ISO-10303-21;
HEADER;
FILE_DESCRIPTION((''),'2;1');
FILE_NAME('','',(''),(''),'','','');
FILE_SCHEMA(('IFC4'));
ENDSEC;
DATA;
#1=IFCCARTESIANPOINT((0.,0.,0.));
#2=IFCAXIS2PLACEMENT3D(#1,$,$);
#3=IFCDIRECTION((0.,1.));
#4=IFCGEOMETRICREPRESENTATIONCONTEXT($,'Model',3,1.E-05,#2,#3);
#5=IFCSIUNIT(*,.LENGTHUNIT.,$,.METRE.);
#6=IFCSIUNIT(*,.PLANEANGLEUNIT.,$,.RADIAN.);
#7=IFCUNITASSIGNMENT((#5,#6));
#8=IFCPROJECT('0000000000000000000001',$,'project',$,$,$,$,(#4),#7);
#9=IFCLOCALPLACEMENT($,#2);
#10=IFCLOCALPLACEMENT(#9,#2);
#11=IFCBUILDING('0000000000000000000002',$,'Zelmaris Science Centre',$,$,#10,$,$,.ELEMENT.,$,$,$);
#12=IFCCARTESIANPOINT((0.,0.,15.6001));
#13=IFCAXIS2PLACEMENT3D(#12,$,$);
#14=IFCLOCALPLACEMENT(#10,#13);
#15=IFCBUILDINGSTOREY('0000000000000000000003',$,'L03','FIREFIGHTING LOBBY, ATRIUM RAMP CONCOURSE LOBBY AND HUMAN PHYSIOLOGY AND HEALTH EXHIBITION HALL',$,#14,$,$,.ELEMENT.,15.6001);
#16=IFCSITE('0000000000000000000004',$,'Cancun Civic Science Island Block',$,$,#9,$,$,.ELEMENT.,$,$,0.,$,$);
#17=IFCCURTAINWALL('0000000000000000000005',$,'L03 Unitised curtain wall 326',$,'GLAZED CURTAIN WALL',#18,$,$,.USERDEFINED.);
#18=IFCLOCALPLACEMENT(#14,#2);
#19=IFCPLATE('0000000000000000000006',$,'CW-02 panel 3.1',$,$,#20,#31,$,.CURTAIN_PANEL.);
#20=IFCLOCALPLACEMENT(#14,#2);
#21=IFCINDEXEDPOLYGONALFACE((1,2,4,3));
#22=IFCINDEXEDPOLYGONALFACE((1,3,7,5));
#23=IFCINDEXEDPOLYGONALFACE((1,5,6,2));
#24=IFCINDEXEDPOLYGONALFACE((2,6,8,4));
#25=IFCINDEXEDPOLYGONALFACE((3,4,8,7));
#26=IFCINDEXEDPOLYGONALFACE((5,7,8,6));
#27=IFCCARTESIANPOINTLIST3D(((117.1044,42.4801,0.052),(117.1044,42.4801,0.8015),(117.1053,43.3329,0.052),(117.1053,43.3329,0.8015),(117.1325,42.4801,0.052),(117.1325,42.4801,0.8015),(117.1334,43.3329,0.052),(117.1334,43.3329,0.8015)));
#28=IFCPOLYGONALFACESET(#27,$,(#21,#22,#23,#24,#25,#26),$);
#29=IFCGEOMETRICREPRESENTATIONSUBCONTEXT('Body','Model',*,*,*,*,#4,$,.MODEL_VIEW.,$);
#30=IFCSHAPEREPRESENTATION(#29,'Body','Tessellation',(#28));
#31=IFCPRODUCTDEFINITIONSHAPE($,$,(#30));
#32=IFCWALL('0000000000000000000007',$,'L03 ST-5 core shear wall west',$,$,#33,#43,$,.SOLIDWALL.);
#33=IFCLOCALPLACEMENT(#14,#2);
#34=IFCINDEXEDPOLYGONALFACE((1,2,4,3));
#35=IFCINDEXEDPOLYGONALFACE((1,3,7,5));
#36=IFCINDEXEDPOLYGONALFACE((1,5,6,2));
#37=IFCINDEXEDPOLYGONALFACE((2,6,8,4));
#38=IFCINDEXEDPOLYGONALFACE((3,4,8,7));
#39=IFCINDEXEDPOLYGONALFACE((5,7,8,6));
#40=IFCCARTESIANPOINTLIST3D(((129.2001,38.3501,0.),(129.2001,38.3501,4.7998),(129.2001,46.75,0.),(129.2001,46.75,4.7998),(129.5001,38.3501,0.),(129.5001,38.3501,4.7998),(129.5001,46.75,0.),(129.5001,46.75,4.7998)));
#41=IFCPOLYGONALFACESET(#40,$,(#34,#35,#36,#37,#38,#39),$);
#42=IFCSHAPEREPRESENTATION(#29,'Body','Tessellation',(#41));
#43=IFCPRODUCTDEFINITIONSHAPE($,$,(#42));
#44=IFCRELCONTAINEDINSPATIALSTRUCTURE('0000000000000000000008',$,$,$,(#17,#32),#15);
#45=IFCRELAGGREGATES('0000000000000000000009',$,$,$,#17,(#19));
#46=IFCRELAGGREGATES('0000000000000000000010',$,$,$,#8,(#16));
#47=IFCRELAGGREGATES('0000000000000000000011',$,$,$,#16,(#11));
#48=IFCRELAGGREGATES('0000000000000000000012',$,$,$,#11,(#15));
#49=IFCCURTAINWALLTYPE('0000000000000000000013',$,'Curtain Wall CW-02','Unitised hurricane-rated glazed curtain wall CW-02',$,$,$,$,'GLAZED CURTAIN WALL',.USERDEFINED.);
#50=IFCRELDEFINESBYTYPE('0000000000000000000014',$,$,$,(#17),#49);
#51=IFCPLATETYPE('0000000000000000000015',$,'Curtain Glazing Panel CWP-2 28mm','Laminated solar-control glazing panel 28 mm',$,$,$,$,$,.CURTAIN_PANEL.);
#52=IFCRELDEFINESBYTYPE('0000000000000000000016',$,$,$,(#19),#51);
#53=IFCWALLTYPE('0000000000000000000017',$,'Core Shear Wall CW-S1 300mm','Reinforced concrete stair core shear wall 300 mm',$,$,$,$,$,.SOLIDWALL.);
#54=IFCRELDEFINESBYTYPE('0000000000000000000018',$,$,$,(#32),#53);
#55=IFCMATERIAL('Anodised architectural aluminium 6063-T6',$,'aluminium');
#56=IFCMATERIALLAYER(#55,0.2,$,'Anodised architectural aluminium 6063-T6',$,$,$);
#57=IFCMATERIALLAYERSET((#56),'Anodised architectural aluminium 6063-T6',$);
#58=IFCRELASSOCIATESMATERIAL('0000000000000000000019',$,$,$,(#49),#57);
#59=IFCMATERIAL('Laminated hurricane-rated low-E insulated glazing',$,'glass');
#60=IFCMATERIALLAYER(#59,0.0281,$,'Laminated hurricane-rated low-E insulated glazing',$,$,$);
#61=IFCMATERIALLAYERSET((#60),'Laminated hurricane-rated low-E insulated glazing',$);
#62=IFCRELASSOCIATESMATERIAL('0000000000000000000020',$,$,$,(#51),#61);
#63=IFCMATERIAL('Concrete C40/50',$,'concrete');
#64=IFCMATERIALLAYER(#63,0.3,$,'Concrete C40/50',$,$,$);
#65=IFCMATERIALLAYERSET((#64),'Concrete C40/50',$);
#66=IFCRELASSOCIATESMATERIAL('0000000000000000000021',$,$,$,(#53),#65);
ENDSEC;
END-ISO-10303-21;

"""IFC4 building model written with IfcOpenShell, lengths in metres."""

from ifc_helpers import new_model, si_unit, direction, frame, frame_2d, origin, origin_2d, place, context, subcontext, project, spatial, rectangle, extrude, material, layer, layer_set, type_object, element, aggregate, save


model = new_model("IFC4")

# Units and contexts
model_context = context("Model", 3, precision=1e-05, world=origin(), true_north=direction((0.0, 1.0)))
body_context = subcontext(model_context, "Body", "Model", "MODEL_VIEW")
ifc_project = project(units=[si_unit("LENGTHUNIT", "METRE"), si_unit("PLANEANGLEUNIT", "RADIAN")], contexts=[model_context])

# Site, building, storey
site_placement = place(None, origin())
site = spatial("IfcSite", under=ifc_project, at=site_placement, Name="Cancun Civic Science Island Block", CompositionType="ELEMENT", RefElevation=0.0)
building_placement = place(site_placement, origin())
building = spatial("IfcBuilding", under=site, at=building_placement, Name="Zelmaris Science Centre", CompositionType="ELEMENT")
storey_placement = place(building_placement, frame((0.0, 0.0, 15.6001)))
storey = spatial("IfcBuildingStorey", under=building, at=storey_placement, Name="L03", Description="FIREFIGHTING LOBBY, ATRIUM RAMP CONCOURSE LOBBY AND HUMAN PHYSIOLOGY AND HEALTH EXHIBITION HALL", CompositionType="ELEMENT", Elevation=15.6001)

# Curtain wall
ifc_material_1 = material(Name="Anodised architectural aluminium 6063-T6", Category="aluminium")
ifc_layer_1 = layer(ifc_material_1, 0.2, Name="Anodised architectural aluminium 6063-T6")
ifc_layer_set_1 = layer_set([ifc_layer_1], Name="Anodised architectural aluminium 6063-T6")
curtain_wall_type = type_object("IfcCurtainWallType", Name="Curtain Wall CW-02", Description="Unitised hurricane-rated glazed curtain wall CW-02", ElementType="GLAZED CURTAIN WALL", PredefinedType="USERDEFINED", material=ifc_layer_set_1)
curtain_wall_placement = place(storey_placement, origin())
curtain_wall = element("IfcCurtainWall", 1, at=curtain_wall_placement, inside=storey, type_object=curtain_wall_type, Name="L03 Unitised curtain wall 326", ObjectType="GLAZED CURTAIN WALL", PredefinedType="USERDEFINED")

# Plate
ifc_material_2 = material(Name="Laminated hurricane-rated low-E insulated glazing", Category="glass")
ifc_layer_2 = layer(ifc_material_2, 0.0281, Name="Laminated hurricane-rated low-E insulated glazing")
ifc_layer_set_2 = layer_set([ifc_layer_2], Name="Laminated hurricane-rated low-E insulated glazing")
plate_type = type_object("IfcPlateType", Name="Curtain Glazing Panel CWP-2 28mm", Description="Laminated solar-control glazing panel 28 mm", PredefinedType="CURTAIN_PANEL", material=ifc_layer_set_2)
plate_1_placement = place(storey_placement, frame((117.1189, 42.9065, 0.052), z_axis=(0.0, 0.0, 1.0), x_axis=(0.001014, 0.999999, 0.0)))
plate_1 = element("IfcPlate", 2, at=plate_1_placement, type_object=plate_type, Name="CW-02 panel 3.1", PredefinedType="CURTAIN_PANEL", context=body_context, shape_type="SweptSolid", body=[
    extrude(rectangle(XDim=0.8528, YDim=0.0281, at=origin_2d()), origin(), (0.0, 0.0, 1.0), 0.7495),
])
aggregate(curtain_wall, [plate_1])

# Wall
ifc_material_3 = material(Name="Concrete C40/50", Category="concrete")
ifc_layer_3 = layer(ifc_material_3, 0.3, Name="Concrete C40/50")
ifc_layer_set_3 = layer_set([ifc_layer_3], Name="Concrete C40/50")
wall_type_1 = type_object("IfcWallType", Name="Core Shear Wall CW-S1 300mm", Description="Reinforced concrete stair core shear wall 300 mm", PredefinedType="SOLIDWALL", material=ifc_layer_set_3)
wall_1_placement = place(storey_placement, frame((129.3501, 38.3501, 0.0), z_axis=(0.0, 0.0, 1.0), x_axis=(0.0, 1.0, 0.0)))
element("IfcWall", 3, at=wall_1_placement, inside=storey, type_object=wall_type_1, Name="L03 ST-5 core shear wall west", PredefinedType="SOLIDWALL", context=body_context, shape_type="SweptSolid", body=[
    extrude(rectangle(XDim=8.3999, YDim=0.3, at=frame_2d((4.2, 0.0))), origin(), (0.0, 0.0, 1.0), 4.7998),
])

save(model, "model.ifc")
